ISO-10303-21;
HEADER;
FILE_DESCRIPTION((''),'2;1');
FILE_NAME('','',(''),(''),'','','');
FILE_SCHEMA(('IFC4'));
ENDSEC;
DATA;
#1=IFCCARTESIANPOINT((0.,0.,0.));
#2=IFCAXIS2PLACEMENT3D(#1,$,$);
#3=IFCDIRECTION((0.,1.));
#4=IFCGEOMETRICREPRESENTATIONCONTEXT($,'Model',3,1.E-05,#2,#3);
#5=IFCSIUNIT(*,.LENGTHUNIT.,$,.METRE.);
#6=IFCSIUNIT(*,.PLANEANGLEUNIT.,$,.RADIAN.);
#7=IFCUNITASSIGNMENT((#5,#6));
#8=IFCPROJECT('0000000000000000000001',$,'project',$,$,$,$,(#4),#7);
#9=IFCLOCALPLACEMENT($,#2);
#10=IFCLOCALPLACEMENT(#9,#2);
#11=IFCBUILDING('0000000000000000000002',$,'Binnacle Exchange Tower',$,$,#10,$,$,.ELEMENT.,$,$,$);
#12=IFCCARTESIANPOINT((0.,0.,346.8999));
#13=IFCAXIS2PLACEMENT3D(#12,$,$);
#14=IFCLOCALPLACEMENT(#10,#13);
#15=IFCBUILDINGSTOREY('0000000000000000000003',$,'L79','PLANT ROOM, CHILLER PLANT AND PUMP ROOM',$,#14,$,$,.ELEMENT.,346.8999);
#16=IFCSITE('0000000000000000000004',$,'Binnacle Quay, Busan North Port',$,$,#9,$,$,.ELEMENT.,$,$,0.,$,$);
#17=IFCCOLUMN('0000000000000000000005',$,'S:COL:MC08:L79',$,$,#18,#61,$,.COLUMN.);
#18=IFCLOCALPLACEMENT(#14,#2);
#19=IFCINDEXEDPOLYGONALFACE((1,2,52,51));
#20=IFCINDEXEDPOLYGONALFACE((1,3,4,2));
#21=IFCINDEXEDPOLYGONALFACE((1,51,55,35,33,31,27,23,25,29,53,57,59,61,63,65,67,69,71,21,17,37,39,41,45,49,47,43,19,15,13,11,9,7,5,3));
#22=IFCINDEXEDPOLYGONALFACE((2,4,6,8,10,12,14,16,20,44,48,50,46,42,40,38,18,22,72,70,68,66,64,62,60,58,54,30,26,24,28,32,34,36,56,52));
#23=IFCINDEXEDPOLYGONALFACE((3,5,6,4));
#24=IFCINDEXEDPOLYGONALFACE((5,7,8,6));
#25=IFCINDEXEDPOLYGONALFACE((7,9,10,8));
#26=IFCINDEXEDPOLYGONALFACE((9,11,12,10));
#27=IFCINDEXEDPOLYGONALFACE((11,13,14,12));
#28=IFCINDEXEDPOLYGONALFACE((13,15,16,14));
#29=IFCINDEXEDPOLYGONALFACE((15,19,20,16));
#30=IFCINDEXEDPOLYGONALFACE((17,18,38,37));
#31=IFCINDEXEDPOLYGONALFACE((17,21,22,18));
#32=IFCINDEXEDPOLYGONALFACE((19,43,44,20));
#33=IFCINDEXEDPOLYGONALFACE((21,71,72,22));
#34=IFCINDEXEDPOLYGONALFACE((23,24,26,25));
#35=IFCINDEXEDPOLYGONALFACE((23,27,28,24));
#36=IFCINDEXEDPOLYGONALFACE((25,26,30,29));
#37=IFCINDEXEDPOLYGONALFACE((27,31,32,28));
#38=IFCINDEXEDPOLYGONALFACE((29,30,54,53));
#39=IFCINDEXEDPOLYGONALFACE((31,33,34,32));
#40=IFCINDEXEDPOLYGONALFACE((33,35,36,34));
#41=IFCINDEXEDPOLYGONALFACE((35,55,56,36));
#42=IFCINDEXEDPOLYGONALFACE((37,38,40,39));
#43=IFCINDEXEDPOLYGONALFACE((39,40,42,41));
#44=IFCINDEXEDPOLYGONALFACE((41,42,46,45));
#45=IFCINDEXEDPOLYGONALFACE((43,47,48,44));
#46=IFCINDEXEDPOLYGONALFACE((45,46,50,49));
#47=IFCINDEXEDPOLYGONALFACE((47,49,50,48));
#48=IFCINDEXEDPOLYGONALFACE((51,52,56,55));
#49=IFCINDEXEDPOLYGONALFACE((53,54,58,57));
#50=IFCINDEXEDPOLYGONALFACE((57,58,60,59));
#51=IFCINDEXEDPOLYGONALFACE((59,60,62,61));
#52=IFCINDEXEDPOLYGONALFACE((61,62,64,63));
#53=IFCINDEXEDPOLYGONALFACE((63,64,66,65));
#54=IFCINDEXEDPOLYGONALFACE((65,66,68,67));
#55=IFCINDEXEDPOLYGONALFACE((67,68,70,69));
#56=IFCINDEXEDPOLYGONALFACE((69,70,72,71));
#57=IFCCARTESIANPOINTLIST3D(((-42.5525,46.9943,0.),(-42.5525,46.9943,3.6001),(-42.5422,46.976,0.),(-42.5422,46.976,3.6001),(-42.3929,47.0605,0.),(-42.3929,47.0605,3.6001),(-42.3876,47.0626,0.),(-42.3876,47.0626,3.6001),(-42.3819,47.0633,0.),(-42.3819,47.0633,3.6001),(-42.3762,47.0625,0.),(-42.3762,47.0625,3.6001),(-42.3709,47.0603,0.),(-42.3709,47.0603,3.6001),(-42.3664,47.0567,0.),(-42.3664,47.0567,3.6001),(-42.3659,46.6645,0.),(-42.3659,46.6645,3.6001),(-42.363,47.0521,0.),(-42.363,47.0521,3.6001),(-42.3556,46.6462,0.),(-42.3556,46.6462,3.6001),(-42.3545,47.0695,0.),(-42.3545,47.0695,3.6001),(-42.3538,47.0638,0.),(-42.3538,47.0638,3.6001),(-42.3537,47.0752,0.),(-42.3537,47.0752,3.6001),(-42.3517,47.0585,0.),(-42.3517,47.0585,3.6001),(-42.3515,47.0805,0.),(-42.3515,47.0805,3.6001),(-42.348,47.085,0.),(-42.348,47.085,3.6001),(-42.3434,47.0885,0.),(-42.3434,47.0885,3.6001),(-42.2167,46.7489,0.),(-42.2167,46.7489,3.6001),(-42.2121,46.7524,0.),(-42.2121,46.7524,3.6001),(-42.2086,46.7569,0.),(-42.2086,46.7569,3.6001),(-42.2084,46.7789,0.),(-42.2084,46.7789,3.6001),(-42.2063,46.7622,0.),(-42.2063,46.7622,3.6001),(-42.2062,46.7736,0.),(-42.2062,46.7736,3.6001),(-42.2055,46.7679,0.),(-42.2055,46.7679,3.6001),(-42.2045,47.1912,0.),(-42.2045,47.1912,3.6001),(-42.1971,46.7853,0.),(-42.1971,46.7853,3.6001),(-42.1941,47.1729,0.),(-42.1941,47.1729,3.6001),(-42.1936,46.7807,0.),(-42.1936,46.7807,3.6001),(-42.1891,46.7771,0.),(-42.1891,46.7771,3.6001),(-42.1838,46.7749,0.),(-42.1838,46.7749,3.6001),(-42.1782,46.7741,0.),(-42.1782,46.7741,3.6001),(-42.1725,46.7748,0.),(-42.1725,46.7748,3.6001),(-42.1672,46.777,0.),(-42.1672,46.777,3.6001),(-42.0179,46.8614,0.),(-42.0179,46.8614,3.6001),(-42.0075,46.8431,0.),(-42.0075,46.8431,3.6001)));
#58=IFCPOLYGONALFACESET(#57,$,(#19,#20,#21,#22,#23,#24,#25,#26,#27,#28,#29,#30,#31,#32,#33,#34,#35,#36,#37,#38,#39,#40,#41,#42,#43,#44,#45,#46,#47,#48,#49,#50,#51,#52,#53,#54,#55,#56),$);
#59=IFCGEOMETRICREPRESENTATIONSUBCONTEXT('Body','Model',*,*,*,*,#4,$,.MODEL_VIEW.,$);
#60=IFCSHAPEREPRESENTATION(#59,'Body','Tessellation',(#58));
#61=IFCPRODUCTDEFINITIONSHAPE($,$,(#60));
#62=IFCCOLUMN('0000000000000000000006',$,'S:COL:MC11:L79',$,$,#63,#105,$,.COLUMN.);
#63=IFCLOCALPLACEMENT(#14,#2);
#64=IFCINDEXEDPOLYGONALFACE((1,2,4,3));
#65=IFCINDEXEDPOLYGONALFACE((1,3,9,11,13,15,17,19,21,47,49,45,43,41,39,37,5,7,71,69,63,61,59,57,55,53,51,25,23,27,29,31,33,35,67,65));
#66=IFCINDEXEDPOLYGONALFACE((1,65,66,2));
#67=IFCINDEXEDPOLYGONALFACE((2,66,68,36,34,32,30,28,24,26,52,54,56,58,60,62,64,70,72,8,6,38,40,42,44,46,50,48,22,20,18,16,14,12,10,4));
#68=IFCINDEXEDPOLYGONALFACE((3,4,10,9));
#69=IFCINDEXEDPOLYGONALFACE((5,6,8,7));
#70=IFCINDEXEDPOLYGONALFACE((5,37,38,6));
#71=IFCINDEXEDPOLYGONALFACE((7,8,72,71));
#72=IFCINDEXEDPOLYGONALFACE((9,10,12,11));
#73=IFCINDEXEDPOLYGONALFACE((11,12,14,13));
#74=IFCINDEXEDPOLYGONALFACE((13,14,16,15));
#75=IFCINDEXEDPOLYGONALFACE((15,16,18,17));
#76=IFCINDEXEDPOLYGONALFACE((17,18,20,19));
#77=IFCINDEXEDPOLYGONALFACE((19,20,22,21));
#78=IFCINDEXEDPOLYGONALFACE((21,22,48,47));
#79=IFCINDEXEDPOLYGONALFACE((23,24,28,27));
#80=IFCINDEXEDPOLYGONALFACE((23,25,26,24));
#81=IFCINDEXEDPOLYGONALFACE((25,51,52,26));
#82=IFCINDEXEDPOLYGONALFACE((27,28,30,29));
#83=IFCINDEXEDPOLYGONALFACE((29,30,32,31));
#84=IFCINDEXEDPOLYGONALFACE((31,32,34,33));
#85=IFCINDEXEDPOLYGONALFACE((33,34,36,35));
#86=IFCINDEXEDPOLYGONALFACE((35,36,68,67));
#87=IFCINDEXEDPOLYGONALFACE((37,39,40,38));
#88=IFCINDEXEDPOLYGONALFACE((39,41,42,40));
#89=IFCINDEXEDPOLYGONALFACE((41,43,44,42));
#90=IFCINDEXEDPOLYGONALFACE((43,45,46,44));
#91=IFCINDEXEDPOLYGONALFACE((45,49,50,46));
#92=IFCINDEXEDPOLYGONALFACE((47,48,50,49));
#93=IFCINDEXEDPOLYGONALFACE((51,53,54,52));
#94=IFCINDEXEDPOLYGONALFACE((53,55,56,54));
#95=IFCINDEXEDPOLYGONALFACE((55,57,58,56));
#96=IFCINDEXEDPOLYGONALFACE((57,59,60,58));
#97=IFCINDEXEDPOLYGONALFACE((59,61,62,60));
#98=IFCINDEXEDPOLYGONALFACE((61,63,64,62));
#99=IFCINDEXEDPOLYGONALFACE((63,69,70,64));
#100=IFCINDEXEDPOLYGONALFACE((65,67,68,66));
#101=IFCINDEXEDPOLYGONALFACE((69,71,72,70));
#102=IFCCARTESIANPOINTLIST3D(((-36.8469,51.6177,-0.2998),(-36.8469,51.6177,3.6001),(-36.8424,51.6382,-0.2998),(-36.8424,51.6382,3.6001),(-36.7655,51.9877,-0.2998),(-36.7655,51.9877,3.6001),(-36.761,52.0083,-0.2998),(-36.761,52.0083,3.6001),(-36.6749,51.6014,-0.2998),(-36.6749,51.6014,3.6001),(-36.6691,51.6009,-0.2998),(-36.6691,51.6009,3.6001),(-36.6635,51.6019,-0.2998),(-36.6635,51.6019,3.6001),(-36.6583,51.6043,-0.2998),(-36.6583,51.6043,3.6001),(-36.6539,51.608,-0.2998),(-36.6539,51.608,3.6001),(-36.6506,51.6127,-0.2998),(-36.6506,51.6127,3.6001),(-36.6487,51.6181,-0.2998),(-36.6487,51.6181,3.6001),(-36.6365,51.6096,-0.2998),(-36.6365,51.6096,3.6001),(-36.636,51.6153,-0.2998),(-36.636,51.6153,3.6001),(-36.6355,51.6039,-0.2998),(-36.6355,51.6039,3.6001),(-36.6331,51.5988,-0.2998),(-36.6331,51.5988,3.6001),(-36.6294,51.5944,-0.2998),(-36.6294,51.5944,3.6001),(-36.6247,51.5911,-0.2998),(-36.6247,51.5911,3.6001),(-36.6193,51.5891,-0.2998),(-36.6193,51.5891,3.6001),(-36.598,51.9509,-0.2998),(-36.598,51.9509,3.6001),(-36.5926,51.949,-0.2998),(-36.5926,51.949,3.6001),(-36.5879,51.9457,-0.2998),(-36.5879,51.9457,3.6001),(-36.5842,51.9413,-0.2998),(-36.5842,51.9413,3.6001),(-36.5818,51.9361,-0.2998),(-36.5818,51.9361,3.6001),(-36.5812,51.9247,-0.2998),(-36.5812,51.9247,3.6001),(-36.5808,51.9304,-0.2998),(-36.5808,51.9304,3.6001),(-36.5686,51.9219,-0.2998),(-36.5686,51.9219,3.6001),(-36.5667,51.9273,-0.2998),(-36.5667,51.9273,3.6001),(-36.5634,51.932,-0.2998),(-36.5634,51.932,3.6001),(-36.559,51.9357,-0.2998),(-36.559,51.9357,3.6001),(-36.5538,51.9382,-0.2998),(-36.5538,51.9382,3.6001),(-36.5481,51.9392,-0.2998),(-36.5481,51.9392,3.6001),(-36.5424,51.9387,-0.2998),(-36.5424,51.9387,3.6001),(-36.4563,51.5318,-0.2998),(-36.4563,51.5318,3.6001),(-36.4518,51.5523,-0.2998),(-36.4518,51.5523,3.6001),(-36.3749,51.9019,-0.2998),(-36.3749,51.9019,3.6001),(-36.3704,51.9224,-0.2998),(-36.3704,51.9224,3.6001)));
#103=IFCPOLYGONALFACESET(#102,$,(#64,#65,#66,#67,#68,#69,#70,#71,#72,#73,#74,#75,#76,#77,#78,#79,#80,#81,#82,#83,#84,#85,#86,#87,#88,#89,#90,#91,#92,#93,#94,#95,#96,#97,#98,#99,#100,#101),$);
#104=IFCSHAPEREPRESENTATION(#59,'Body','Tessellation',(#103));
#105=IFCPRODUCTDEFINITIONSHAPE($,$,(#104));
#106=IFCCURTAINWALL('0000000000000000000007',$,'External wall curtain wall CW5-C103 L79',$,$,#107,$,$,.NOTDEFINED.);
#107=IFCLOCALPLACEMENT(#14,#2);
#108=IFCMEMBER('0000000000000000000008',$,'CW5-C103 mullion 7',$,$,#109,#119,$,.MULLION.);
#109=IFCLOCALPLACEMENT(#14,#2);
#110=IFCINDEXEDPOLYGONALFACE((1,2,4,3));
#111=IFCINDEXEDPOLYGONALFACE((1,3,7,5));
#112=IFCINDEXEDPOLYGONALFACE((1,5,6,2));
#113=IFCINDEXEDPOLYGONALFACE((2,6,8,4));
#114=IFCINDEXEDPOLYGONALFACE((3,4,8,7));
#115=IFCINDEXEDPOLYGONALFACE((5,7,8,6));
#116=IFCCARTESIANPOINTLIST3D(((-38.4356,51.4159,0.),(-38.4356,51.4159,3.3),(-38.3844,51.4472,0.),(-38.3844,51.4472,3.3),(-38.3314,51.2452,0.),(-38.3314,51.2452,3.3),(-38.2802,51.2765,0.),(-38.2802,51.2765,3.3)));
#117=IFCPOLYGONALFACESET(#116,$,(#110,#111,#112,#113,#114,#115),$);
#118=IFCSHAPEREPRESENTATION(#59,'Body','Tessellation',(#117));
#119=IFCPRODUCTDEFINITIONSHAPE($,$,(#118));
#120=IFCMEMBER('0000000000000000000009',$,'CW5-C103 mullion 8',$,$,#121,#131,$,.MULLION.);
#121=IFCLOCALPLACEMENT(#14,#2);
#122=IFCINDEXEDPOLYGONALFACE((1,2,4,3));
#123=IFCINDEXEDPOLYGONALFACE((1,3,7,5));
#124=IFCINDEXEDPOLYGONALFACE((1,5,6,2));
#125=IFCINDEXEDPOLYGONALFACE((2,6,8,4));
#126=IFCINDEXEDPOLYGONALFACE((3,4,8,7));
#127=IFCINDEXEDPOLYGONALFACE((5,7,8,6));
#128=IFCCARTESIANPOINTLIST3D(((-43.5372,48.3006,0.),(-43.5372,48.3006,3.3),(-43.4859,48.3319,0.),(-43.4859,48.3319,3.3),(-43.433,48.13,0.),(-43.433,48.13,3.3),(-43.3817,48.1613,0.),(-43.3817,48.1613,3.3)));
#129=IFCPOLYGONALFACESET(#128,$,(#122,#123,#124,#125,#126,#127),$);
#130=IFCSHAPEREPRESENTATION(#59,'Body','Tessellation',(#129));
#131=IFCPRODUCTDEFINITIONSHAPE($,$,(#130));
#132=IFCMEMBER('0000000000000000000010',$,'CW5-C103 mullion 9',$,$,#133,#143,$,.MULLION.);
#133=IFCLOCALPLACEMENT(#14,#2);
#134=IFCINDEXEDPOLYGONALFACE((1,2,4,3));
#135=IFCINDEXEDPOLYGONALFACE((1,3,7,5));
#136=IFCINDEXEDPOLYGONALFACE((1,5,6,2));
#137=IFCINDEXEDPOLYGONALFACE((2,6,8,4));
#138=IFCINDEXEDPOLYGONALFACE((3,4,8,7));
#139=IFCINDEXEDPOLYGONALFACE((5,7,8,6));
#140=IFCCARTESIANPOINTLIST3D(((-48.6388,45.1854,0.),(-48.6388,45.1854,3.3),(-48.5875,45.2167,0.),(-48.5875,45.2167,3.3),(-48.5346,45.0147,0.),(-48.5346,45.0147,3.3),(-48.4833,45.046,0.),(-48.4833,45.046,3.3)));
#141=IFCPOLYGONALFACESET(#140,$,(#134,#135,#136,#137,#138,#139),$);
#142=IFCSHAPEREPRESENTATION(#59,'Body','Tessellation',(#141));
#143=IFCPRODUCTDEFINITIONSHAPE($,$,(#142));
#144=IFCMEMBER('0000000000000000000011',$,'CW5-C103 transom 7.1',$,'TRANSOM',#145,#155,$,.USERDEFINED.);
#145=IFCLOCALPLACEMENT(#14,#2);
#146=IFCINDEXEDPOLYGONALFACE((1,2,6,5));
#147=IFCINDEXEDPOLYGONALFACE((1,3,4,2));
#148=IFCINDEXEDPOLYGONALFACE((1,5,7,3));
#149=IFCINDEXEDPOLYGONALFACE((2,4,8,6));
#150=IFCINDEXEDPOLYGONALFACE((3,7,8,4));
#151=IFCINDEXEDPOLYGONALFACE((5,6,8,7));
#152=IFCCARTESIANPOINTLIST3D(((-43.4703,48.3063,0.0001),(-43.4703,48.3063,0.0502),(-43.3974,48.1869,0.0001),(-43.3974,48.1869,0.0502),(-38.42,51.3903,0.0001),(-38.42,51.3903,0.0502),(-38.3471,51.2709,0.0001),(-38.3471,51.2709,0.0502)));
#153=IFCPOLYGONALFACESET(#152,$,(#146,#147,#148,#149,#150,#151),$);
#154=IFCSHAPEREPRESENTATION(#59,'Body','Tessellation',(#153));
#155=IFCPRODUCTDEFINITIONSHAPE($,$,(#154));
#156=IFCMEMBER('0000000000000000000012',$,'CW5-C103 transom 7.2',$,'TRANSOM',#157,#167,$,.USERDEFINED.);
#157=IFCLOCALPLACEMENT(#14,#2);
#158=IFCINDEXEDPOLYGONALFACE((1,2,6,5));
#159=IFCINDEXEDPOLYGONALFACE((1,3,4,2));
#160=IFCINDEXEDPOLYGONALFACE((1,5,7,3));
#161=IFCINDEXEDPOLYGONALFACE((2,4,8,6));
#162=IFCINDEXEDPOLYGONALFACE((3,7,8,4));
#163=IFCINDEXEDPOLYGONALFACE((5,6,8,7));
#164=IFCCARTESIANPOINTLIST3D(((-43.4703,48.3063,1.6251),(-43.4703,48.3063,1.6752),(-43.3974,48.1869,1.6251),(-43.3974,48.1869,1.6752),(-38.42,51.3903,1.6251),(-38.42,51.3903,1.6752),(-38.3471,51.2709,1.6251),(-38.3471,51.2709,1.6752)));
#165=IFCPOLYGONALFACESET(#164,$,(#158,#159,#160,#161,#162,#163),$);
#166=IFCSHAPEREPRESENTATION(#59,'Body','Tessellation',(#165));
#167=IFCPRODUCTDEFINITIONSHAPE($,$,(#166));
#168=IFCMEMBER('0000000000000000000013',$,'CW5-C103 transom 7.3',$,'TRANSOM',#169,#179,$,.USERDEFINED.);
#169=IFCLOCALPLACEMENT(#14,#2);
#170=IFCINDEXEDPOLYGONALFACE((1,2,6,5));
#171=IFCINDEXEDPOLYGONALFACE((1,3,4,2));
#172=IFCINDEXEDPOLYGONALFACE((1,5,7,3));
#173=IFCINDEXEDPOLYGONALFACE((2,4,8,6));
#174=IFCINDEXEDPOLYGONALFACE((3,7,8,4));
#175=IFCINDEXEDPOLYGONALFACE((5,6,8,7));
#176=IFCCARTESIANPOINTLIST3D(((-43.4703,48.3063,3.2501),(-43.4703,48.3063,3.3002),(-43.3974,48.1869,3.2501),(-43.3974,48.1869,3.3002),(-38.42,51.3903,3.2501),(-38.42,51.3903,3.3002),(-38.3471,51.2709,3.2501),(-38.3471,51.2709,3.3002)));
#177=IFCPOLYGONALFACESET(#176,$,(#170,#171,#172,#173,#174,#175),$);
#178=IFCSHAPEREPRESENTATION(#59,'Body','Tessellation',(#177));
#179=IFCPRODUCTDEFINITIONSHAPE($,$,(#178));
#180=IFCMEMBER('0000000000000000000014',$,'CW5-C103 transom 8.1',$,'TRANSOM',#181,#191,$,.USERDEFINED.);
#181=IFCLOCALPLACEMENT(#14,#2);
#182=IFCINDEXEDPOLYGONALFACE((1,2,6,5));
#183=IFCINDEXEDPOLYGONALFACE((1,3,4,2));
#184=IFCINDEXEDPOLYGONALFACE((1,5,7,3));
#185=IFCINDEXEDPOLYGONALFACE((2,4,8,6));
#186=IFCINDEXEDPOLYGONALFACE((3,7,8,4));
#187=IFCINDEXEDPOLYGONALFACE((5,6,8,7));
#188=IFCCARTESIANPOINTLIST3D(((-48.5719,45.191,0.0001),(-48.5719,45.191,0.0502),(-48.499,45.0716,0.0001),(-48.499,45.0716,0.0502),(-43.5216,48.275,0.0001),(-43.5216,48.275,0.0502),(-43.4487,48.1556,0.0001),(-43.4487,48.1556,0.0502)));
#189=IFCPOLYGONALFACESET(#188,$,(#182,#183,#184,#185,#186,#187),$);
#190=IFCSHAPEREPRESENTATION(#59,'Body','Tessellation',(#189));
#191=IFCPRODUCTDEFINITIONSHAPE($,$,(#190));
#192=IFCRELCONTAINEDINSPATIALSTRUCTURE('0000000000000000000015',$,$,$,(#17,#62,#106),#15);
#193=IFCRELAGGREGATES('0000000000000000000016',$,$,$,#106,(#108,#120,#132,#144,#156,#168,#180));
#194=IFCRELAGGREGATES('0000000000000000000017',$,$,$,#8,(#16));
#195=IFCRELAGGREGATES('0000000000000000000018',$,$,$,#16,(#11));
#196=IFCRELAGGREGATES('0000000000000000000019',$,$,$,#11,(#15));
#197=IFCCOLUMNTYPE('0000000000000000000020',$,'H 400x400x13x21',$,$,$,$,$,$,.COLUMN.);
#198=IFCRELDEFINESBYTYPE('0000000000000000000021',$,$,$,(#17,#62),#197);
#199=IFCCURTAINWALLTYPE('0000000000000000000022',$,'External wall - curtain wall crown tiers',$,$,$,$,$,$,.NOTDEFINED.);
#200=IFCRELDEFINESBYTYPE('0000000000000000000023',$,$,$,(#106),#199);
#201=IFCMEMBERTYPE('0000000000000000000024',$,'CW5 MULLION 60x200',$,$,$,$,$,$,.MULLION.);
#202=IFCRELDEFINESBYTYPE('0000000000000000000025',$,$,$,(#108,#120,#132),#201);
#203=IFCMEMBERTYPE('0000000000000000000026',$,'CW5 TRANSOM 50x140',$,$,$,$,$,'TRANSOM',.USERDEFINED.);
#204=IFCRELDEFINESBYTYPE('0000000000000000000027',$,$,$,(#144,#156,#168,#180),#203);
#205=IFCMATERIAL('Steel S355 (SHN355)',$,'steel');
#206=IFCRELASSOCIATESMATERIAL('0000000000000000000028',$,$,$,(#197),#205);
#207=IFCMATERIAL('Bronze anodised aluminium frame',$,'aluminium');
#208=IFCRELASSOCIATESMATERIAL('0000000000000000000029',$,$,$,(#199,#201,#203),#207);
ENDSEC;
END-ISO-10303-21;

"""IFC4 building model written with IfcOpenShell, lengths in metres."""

from ifc_helpers import new_model, si_unit, direction, frame, origin, origin_2d, place, context, subcontext, project, spatial, rectangle, i_section, extrude, material, material_profile, profile_set, type_object, element, aggregate, save


model = new_model("IFC4")

# Units and contexts
model_context = context("Model", 3, precision=1e-05, world=origin(), true_north=direction((0.0, 1.0)))
body_context = subcontext(model_context, "Body", "Model", "MODEL_VIEW")
ifc_project = project(units=[si_unit("LENGTHUNIT", "METRE"), si_unit("PLANEANGLEUNIT", "RADIAN")], contexts=[model_context])

# Site, building, storey
site_placement = place(None, origin())
site = spatial("IfcSite", under=ifc_project, at=site_placement, Name="Binnacle Quay, Busan North Port", CompositionType="ELEMENT", RefElevation=0.0)
building_placement = place(site_placement, origin())
building = spatial("IfcBuilding", under=site, at=building_placement, Name="Binnacle Exchange Tower", CompositionType="ELEMENT")
storey_placement = place(building_placement, frame((0.0, 0.0, 346.8999)))
storey = spatial("IfcBuildingStorey", under=building, at=storey_placement, Name="L79", Description="PLANT ROOM, CHILLER PLANT AND PUMP ROOM", CompositionType="ELEMENT", Elevation=346.8999)

# Columns
ifc_material_1 = material(Name="Steel S355 (SHN355)", Category="steel")
ifc_material_profile_1 = material_profile(ifc_material_1, i_section(OverallWidth=0.3999, OverallDepth=0.3999, WebThickness=0.0129, FlangeThickness=0.021, FilletRadius=0.022, at=origin_2d()), Name="H 400x400x13x21")
ifc_profile_set_1 = profile_set([ifc_material_profile_1], Name="Steel S355 (SHN355)")
column_type = type_object("IfcColumnType", Name="H 400x400x13x21", PredefinedType="COLUMN", material=ifc_profile_set_1)
column_1_placement = place(storey_placement, frame((-42.28, 46.9187, 0.0), z_axis=(0.0, 0.0, 1.0), x_axis=(-0.870356, -0.492424, 0.0)))
element("IfcColumn", 1, at=column_1_placement, inside=storey, type_object=column_type, Name="S:COL:MC08:L79", PredefinedType="COLUMN", context=body_context, shape_type="SweptSolid", body=[
    extrude(i_section(OverallWidth=0.3999, OverallDepth=0.3999, WebThickness=0.0129, FlangeThickness=0.021, FilletRadius=0.022, at=origin_2d()), origin(), (0.0, 0.0, 1.0), 3.6001),
])
column_2_placement = place(storey_placement, frame((-36.6086, 51.77, -0.2998), z_axis=(0.0, 0.0, 1.0), x_axis=(-0.976661, 0.214786, 0.0)))
element("IfcColumn", 2, at=column_2_placement, inside=storey, type_object=column_type, Name="S:COL:MC11:L79", PredefinedType="COLUMN", context=body_context, shape_type="SweptSolid", body=[
    extrude(i_section(OverallWidth=0.3999, OverallDepth=0.3999, WebThickness=0.0129, FlangeThickness=0.021, FilletRadius=0.022, at=origin_2d()), origin(), (0.0, 0.0, 1.0), 3.8999),
])

# Curtain wall, members
ifc_material_2 = material(Name="Bronze anodised aluminium frame", Category="aluminium")
curtain_wall_type = type_object("IfcCurtainWallType", Name="External wall - curtain wall crown tiers", PredefinedType="NOTDEFINED", material=ifc_material_2)
curtain_wall_placement = place(storey_placement, origin())
curtain_wall = element("IfcCurtainWall", 3, at=curtain_wall_placement, inside=storey, type_object=curtain_wall_type, Name="External wall curtain wall CW5-C103 L79", PredefinedType="NOTDEFINED")
ifc_material_profile_2 = material_profile(ifc_material_2, rectangle(XDim=0.2, YDim=0.0601, at=origin_2d()), Name="AL 60x200")
ifc_profile_set_2 = profile_set([ifc_material_profile_2], Name="Bronze anodised aluminium frame")
member_type_1 = type_object("IfcMemberType", Name="CW5 MULLION 60x200", PredefinedType="MULLION", material=ifc_profile_set_2)
member_1_placement = place(storey_placement, frame((-38.3579, 51.3462, 0.0), z_axis=(0.0, 0.0, 1.0), x_axis=(0.521157, -0.853461, 0.0)))
member_1 = element("IfcMember", 4, at=member_1_placement, type_object=member_type_1, Name="CW5-C103 mullion 7", PredefinedType="MULLION", context=body_context, shape_type="SweptSolid", body=[
    extrude(rectangle(XDim=0.2, YDim=0.0601, at=origin_2d()), origin(), (0.0, 0.0, 1.0), 3.3),
])
member_2_placement = place(storey_placement, frame((-43.4595, 48.231, 0.0), z_axis=(0.0, 0.0, 1.0), x_axis=(0.521157, -0.853461, 0.0)))
member_2 = element("IfcMember", 5, at=member_2_placement, type_object=member_type_1, Name="CW5-C103 mullion 8", PredefinedType="MULLION", context=body_context, shape_type="SweptSolid", body=[
    extrude(rectangle(XDim=0.2, YDim=0.0601, at=origin_2d()), origin(), (0.0, 0.0, 1.0), 3.3),
])
member_3_placement = place(storey_placement, frame((-48.561, 45.1157, 0.0), z_axis=(0.0, 0.0, 1.0), x_axis=(0.521157, -0.853461, 0.0)))
member_3 = element("IfcMember", 6, at=member_3_placement, type_object=member_type_1, Name="CW5-C103 mullion 9", PredefinedType="MULLION", context=body_context, shape_type="SweptSolid", body=[
    extrude(rectangle(XDim=0.2, YDim=0.0601, at=origin_2d()), origin(), (0.0, 0.0, 1.0), 3.3),
])
ifc_material_profile_3 = material_profile(ifc_material_2, rectangle(XDim=0.1399, YDim=0.05, at=origin_2d()), Name="AL 140x50")
ifc_profile_set_3 = profile_set([ifc_material_profile_3], Name="Bronze anodised aluminium frame")
member_type_2 = type_object("IfcMemberType", Name="CW5 TRANSOM 50x140", ElementType="TRANSOM", PredefinedType="USERDEFINED", material=ifc_profile_set_3)
member_4_placement = place(storey_placement, frame((-38.3835, 51.3306, 0.0251), z_axis=(-0.853455, -0.521166, 0.0), x_axis=(0.521166, -0.853455, 0.0)))
member_4 = element("IfcMember", 7, at=member_4_placement, type_object=member_type_2, Name="CW5-C103 transom 7.1", ObjectType="TRANSOM", PredefinedType="USERDEFINED", context=body_context, shape_type="SweptSolid", body=[
    extrude(rectangle(XDim=0.1399, YDim=0.05, at=origin_2d()), origin(), (0.0, 0.0, 1.0), 5.9175),
])
member_5_placement = place(storey_placement, frame((-38.3835, 51.3306, 1.6501), z_axis=(-0.853455, -0.521166, 0.0), x_axis=(0.521166, -0.853455, 0.0)))
member_5 = element("IfcMember", 8, at=member_5_placement, type_object=member_type_2, Name="CW5-C103 transom 7.2", ObjectType="TRANSOM", PredefinedType="USERDEFINED", context=body_context, shape_type="SweptSolid", body=[
    extrude(rectangle(XDim=0.1399, YDim=0.05, at=origin_2d()), origin(), (0.0, 0.0, 1.0), 5.9175),
])
member_6_placement = place(storey_placement, frame((-38.3835, 51.3306, 3.2751), z_axis=(-0.853455, -0.521166, 0.0), x_axis=(0.521166, -0.853455, 0.0)))
member_6 = element("IfcMember", 9, at=member_6_placement, type_object=member_type_2, Name="CW5-C103 transom 7.3", ObjectType="TRANSOM", PredefinedType="USERDEFINED", context=body_context, shape_type="SweptSolid", body=[
    extrude(rectangle(XDim=0.1399, YDim=0.05, at=origin_2d()), origin(), (0.0, 0.0, 1.0), 5.9175),
])
member_7_placement = place(storey_placement, frame((-43.4851, 48.2153, 0.0251), z_axis=(-0.853455, -0.521166, 0.0), x_axis=(0.521166, -0.853455, 0.0)))
member_7 = element("IfcMember", 10, at=member_7_placement, type_object=member_type_2, Name="CW5-C103 transom 8.1", ObjectType="TRANSOM", PredefinedType="USERDEFINED", context=body_context, shape_type="SweptSolid", body=[
    extrude(rectangle(XDim=0.1399, YDim=0.05, at=origin_2d()), origin(), (0.0, 0.0, 1.0), 5.9175),
])

aggregate(curtain_wall, [member_1, member_2, member_3, member_4, member_5, member_6, member_7])

save(model, "model.ifc")
